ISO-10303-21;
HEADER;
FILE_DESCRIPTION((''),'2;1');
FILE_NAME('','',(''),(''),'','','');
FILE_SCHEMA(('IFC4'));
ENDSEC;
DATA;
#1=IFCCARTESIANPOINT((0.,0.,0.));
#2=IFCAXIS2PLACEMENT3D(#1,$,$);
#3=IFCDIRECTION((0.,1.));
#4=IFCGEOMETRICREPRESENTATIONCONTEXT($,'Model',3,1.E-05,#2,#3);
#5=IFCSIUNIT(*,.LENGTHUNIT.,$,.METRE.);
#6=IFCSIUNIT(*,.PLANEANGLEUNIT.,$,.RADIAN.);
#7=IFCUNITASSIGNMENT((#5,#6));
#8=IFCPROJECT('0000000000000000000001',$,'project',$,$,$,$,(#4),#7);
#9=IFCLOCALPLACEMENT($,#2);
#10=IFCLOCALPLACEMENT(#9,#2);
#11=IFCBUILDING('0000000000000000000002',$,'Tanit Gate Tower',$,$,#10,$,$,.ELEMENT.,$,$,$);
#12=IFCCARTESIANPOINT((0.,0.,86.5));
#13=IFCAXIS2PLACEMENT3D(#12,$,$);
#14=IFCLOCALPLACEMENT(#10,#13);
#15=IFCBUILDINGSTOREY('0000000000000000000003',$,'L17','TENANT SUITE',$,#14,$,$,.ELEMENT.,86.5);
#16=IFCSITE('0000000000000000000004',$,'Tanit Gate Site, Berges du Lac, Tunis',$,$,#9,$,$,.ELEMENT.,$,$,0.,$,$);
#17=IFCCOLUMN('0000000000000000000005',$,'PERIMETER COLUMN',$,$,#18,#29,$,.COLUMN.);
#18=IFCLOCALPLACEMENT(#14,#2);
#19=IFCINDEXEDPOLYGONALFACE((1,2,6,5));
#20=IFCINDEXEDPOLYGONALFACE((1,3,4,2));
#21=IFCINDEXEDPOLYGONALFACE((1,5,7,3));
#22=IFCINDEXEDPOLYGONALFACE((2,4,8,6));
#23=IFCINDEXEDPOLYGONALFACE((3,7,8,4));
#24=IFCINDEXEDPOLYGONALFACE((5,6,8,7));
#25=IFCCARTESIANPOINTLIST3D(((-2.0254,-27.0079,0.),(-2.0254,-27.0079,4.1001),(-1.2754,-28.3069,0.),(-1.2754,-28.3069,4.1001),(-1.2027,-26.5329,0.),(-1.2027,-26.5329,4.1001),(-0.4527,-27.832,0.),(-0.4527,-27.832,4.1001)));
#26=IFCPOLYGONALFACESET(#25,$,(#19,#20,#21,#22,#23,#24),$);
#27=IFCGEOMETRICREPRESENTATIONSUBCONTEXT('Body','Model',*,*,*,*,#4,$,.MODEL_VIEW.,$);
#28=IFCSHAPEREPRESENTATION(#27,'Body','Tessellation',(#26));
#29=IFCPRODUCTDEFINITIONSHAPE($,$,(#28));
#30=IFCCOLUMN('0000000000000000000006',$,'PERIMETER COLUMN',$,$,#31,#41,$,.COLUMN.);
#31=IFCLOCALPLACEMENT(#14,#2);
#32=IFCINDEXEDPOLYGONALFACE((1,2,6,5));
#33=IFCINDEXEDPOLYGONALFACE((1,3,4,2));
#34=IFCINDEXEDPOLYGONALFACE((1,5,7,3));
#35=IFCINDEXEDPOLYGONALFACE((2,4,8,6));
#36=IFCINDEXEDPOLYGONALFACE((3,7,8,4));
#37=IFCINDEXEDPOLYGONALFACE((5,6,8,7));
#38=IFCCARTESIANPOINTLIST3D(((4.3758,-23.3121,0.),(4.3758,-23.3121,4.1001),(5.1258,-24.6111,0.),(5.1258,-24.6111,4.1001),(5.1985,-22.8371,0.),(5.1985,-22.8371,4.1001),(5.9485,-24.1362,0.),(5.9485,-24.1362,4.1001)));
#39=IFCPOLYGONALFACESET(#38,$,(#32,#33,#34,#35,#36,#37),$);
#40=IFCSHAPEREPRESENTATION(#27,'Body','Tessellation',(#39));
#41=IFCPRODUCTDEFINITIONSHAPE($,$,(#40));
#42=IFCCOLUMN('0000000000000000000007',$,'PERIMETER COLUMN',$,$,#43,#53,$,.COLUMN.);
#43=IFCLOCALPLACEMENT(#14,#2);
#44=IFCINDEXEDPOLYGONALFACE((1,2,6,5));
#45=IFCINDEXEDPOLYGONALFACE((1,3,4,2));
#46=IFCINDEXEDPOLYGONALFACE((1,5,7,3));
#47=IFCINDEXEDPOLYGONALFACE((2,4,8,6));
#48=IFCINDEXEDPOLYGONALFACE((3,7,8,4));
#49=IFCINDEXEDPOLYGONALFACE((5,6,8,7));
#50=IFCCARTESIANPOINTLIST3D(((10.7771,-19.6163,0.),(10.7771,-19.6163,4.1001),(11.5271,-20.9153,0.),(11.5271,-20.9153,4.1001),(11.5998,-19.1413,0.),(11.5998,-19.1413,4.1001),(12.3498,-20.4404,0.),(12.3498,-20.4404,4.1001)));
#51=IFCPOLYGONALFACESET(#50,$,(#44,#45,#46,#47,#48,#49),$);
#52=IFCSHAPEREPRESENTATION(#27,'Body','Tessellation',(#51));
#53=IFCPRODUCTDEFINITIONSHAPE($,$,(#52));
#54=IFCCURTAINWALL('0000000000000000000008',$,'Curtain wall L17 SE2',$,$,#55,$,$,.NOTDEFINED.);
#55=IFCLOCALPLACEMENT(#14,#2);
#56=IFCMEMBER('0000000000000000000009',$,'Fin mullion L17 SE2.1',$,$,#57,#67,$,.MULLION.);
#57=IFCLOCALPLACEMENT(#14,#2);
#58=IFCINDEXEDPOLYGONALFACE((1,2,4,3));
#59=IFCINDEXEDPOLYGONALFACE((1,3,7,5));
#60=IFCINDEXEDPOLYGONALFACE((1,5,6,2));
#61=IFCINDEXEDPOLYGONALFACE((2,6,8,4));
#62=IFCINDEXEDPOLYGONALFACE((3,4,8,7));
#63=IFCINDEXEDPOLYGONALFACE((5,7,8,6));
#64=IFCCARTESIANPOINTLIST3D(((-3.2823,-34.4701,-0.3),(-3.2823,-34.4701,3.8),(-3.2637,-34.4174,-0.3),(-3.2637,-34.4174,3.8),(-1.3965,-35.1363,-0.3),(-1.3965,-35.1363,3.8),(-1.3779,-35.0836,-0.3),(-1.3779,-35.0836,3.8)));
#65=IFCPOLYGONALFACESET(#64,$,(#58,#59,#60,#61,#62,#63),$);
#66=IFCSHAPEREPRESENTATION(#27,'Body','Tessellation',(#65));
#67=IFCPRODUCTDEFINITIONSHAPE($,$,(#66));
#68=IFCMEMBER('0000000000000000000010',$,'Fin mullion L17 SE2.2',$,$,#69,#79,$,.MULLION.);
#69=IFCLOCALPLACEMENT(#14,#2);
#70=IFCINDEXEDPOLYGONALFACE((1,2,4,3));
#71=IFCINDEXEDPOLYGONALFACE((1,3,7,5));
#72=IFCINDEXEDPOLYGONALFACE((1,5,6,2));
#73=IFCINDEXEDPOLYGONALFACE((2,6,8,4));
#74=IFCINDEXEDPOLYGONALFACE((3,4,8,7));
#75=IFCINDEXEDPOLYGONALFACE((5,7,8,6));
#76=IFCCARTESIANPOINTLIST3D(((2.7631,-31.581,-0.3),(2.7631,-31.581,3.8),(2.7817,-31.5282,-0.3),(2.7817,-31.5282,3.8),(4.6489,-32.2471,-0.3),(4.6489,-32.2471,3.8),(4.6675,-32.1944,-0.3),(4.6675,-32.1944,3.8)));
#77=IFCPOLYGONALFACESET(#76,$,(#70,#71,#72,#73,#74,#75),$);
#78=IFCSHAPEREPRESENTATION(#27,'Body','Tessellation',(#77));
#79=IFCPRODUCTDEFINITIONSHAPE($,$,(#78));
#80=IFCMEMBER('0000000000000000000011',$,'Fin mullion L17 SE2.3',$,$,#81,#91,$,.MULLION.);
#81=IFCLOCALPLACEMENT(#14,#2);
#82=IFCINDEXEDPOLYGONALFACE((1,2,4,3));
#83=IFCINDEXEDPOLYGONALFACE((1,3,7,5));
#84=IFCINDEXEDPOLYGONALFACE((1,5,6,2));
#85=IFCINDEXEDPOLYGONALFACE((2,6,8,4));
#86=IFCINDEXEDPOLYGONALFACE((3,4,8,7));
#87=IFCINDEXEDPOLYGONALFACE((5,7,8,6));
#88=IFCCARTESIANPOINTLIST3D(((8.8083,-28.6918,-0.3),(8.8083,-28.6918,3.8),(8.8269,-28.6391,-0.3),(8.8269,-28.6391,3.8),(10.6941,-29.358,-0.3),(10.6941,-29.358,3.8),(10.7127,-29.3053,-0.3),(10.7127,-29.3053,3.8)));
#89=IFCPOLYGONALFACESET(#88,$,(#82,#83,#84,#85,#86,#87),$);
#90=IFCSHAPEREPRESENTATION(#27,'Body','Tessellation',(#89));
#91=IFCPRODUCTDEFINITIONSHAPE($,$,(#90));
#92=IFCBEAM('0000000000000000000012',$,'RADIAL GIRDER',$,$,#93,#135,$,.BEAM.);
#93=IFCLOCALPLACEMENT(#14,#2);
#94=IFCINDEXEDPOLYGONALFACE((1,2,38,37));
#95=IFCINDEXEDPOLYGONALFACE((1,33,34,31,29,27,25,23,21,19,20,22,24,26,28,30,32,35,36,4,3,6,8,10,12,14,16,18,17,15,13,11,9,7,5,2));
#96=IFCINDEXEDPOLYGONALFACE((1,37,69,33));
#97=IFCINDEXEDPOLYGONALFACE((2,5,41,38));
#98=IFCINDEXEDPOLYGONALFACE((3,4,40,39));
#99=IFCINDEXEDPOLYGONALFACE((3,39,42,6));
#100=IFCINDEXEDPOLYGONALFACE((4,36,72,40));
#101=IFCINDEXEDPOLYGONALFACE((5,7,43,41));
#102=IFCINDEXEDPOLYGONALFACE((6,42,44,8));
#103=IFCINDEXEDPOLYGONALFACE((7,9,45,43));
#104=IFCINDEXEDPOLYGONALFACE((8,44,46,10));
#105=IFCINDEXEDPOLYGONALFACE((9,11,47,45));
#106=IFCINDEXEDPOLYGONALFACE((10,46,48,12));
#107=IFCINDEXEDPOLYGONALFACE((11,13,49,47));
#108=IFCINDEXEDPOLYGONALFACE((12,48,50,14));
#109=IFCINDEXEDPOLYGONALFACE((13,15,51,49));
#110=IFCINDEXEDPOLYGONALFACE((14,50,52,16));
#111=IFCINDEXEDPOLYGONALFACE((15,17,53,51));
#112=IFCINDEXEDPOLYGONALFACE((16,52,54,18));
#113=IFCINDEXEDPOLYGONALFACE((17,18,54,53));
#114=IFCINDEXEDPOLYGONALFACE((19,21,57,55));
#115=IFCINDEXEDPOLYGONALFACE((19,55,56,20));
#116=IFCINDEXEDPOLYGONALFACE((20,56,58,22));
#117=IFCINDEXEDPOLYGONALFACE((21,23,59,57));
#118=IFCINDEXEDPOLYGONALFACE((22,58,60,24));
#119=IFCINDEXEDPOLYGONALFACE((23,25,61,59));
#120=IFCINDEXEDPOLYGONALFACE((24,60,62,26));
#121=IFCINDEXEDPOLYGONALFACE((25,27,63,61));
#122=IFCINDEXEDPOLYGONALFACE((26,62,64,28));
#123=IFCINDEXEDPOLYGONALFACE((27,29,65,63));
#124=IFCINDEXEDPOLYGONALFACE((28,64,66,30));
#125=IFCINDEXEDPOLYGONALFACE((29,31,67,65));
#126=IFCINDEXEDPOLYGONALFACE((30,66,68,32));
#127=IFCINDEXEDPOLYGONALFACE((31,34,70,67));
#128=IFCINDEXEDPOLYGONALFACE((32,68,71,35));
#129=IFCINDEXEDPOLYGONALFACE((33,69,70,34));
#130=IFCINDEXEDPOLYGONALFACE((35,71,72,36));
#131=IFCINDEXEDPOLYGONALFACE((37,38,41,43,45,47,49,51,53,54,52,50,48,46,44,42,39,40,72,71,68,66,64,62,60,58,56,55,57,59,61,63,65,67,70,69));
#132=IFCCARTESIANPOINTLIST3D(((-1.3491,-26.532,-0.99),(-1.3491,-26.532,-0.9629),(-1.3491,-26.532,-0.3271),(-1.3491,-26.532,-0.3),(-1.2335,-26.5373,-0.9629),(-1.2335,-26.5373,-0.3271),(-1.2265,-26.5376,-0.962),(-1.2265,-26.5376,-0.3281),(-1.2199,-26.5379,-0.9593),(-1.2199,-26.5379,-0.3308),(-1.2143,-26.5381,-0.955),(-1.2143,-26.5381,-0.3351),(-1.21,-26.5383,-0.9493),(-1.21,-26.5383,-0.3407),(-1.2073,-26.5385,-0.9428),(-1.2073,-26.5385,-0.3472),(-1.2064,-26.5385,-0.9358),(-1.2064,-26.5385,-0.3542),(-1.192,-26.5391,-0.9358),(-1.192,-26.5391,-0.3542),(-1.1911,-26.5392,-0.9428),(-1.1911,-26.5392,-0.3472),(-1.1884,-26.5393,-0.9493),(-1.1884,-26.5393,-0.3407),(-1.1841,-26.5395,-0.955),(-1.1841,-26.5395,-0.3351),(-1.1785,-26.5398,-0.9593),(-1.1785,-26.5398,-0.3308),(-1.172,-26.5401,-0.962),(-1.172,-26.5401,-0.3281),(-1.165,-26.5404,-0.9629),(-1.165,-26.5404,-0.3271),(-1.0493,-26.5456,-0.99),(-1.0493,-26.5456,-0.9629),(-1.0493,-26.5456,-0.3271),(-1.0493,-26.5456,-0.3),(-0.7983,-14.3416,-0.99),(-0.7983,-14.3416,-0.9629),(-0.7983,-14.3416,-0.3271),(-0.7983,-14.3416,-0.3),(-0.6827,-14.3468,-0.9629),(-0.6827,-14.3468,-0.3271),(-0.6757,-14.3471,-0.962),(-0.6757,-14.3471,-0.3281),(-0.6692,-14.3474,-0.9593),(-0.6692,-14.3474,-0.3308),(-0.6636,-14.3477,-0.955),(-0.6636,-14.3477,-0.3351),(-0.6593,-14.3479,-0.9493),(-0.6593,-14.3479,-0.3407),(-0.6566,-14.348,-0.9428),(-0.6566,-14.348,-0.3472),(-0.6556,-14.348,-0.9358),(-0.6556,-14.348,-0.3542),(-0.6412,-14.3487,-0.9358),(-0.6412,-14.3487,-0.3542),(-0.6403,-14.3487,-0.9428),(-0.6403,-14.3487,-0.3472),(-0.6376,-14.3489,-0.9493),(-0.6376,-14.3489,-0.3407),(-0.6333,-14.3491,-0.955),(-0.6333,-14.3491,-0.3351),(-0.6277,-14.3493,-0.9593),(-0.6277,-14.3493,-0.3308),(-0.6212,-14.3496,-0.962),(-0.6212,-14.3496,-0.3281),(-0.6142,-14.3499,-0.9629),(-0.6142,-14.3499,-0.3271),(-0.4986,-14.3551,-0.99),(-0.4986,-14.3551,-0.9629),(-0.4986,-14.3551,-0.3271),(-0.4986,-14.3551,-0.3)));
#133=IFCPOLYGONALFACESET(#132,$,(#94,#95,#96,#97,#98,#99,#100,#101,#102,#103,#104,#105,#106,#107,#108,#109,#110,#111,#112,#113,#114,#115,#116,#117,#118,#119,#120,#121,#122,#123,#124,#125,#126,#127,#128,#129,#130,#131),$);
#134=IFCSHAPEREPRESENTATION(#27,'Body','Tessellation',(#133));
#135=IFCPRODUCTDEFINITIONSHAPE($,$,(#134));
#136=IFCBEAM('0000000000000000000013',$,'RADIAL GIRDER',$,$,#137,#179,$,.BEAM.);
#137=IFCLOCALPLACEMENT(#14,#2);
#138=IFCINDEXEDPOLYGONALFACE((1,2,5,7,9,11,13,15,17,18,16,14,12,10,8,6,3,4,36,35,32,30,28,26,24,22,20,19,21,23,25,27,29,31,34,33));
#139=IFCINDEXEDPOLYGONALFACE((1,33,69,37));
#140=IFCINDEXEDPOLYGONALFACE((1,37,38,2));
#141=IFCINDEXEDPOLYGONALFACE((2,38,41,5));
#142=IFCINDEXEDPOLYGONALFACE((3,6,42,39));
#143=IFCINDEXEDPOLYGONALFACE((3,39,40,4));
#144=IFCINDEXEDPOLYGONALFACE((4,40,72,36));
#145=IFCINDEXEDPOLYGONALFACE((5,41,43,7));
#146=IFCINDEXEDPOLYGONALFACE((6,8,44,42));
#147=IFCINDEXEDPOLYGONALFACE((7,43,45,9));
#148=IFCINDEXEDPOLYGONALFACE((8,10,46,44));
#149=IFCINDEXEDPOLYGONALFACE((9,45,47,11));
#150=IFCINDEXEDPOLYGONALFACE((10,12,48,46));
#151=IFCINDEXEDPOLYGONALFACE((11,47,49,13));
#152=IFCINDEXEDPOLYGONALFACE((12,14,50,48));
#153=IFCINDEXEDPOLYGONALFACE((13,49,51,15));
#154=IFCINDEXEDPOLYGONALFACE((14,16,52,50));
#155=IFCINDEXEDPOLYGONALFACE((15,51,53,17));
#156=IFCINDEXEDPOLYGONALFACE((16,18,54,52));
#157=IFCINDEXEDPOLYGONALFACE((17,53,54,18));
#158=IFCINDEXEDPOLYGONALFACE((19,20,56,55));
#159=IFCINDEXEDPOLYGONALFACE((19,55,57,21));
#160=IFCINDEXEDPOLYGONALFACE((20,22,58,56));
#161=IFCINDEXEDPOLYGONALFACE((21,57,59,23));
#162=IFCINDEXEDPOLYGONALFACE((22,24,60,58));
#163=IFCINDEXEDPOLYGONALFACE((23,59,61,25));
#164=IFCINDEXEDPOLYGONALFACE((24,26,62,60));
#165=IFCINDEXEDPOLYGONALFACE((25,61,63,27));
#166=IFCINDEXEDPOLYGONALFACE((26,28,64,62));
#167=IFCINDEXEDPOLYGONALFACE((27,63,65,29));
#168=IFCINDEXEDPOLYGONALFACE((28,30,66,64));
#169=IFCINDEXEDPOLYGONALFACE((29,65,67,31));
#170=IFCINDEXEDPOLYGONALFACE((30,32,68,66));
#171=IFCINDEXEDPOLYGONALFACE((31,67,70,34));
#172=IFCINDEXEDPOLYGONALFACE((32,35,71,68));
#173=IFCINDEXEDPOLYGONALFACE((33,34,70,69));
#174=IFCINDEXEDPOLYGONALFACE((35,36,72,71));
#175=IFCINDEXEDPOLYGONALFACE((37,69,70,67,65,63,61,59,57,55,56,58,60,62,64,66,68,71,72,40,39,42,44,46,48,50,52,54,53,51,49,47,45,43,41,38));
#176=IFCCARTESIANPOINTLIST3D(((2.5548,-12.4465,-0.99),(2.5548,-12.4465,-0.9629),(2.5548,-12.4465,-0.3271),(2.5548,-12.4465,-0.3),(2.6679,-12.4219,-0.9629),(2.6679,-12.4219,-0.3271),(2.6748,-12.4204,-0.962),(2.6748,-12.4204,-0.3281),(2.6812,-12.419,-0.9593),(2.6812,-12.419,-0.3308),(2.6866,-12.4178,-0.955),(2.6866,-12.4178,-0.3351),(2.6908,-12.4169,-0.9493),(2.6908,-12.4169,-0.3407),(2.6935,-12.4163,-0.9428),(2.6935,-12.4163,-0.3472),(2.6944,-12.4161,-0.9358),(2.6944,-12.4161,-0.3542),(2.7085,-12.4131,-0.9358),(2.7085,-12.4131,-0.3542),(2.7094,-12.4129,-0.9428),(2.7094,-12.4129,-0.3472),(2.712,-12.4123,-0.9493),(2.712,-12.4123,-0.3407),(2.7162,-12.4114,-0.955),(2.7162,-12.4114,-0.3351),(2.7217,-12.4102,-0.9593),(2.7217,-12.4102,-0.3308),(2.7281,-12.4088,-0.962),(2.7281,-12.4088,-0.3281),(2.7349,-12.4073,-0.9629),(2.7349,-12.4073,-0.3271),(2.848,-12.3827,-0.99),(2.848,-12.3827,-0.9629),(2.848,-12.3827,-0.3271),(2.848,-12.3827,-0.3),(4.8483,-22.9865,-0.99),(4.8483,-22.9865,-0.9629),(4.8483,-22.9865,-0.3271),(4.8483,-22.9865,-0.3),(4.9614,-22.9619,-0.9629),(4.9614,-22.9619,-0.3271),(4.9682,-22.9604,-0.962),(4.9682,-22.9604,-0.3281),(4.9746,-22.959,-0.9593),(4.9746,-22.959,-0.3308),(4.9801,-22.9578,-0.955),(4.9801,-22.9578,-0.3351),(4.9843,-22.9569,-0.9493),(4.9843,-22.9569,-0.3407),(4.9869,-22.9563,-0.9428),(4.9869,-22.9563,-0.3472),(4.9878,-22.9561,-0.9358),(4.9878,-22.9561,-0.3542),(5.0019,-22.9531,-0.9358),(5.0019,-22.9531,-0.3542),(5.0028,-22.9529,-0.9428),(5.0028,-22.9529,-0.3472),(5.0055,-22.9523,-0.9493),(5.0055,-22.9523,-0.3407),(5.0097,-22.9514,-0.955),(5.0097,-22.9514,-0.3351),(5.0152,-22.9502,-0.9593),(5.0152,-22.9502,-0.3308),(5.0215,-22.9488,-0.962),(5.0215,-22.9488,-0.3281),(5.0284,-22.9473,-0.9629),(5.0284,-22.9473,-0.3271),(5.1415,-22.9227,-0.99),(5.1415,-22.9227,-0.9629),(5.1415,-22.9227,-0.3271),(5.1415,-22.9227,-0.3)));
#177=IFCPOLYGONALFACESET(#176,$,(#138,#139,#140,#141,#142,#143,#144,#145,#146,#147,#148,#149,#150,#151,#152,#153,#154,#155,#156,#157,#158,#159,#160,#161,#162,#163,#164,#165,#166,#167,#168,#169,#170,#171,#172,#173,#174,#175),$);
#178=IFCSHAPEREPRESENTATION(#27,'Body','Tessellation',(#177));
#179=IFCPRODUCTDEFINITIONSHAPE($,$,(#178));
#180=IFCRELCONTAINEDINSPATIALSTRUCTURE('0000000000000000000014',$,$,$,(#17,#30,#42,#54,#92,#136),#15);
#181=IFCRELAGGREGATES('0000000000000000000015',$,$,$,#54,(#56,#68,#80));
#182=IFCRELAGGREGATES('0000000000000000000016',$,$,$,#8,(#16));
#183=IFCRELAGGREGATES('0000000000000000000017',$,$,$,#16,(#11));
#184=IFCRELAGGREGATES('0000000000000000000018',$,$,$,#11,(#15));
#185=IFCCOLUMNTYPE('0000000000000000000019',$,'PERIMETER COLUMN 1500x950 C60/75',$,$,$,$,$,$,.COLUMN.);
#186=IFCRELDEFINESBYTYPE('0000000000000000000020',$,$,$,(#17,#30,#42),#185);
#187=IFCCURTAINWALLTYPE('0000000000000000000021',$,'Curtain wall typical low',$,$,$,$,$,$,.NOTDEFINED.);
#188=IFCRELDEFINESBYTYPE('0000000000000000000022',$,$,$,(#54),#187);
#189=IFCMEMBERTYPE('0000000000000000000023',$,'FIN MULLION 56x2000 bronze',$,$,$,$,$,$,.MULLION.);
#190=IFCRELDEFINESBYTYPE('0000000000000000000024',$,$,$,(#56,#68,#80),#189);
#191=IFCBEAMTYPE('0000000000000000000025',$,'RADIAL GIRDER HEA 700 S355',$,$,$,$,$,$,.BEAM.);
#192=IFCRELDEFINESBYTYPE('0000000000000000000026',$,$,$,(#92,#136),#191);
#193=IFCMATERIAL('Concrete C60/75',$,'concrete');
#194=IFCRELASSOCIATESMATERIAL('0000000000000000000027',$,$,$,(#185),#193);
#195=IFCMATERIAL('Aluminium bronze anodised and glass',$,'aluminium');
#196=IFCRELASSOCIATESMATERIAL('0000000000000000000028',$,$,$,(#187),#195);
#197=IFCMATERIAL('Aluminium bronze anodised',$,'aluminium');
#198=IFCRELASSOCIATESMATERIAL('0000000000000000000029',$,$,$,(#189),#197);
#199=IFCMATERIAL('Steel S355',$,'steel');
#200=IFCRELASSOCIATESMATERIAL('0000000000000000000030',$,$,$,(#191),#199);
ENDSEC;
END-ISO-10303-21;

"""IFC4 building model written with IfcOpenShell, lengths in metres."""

from ifc_helpers import new_model, si_unit, direction, frame, origin, origin_2d, place, context, subcontext, project, spatial, rectangle, i_section, extrude, material, material_profile, profile_set, type_object, element, aggregate, save


model = new_model("IFC4")

# Units and contexts
model_context = context("Model", 3, precision=1e-05, world=origin(), true_north=direction((0.0, 1.0)))
body_context = subcontext(model_context, "Body", "Model", "MODEL_VIEW")
ifc_project = project(units=[si_unit("LENGTHUNIT", "METRE"), si_unit("PLANEANGLEUNIT", "RADIAN")], contexts=[model_context])

# Site, building, storey
site_placement = place(None, origin())
site = spatial("IfcSite", under=ifc_project, at=site_placement, Name="Tanit Gate Site, Berges du Lac, Tunis", CompositionType="ELEMENT", RefElevation=0.0)
building_placement = place(site_placement, origin())
building = spatial("IfcBuilding", under=site, at=building_placement, Name="Tanit Gate Tower", CompositionType="ELEMENT")
storey_placement = place(building_placement, frame((0.0, 0.0, 86.5)))
storey = spatial("IfcBuildingStorey", under=building, at=storey_placement, Name="L17", Description="TENANT SUITE", CompositionType="ELEMENT", Elevation=86.5)

# Columns
ifc_material_1 = material(Name="Concrete C60/75", Category="concrete")
ifc_material_profile_1 = material_profile(ifc_material_1, rectangle(XDim=1.5, YDim=0.95, at=origin_2d()), Name="RC 1500x950")
ifc_profile_set_1 = profile_set([ifc_material_profile_1], Name="Concrete C60/75")
column_type = type_object("IfcColumnType", Name="PERIMETER COLUMN 1500x950 C60/75", PredefinedType="COLUMN", material=ifc_profile_set_1)
for number, where, z_axis, x_axis, name in (
    (1, (-1.239, -27.4199, 0.0), (0.0, 0.0, 1.0), (0.5, -0.866025, 0.0), "PERIMETER COLUMN"),
    (2, (5.1621, -23.7241, 0.0), (0.0, 0.0, 1.0), (0.5, -0.866025, 0.0), "PERIMETER COLUMN"),
    (3, (11.5635, -20.0283, 0.0), (0.0, 0.0, 1.0), (0.5, -0.866025, 0.0), "PERIMETER COLUMN"),
):
    element("IfcColumn", number, at=place(storey_placement, frame(where, z_axis=z_axis, x_axis=x_axis)), inside=storey, type_object=column_type, Name=name, PredefinedType="COLUMN", context=body_context, shape_type="SweptSolid", body=[
        extrude(rectangle(XDim=1.5, YDim=0.95, at=origin_2d()), origin(), (0.0, 0.0, 1.0), 4.1001),
    ])

# Curtain wall, members
ifc_material_2 = material(Name="Aluminium bronze anodised and glass", Category="aluminium")
curtain_wall_type = type_object("IfcCurtainWallType", Name="Curtain wall typical low", PredefinedType="NOTDEFINED", material=ifc_material_2)
curtain_wall_placement = place(storey_placement, origin())
curtain_wall = element("IfcCurtainWall", 4, at=curtain_wall_placement, inside=storey, type_object=curtain_wall_type, Name="Curtain wall L17 SE2", PredefinedType="NOTDEFINED")
ifc_material_3 = material(Name="Aluminium bronze anodised", Category="aluminium")
ifc_material_profile_2 = material_profile(ifc_material_3, rectangle(XDim=2.0, YDim=0.0559, at=origin_2d()), Name="56x2000 bronze fin mullion")
ifc_profile_set_2 = profile_set([ifc_material_profile_2], Name="Aluminium bronze anodised")
member_type_1 = type_object("IfcMemberType", Name="FIN MULLION 56x2000 bronze", PredefinedType="MULLION", material=ifc_profile_set_2)
member_1_placement = place(storey_placement, frame((-2.3301, -34.7769, -0.3), z_axis=(0.0, 0.0, 1.0), x_axis=(-0.942895, 0.33309, 0.0)))
member_1 = element("IfcMember", 5, at=member_1_placement, type_object=member_type_1, Name="Fin mullion L17 SE2.1", PredefinedType="MULLION", context=body_context, shape_type="SweptSolid", body=[
    extrude(rectangle(XDim=2.0, YDim=0.0559, at=origin_2d()), origin(), (0.0, 0.0, 1.0), 4.1001),
])
member_2_placement = place(storey_placement, frame((3.7153, -31.8877, -0.3), z_axis=(0.0, 0.0, 1.0), x_axis=(-0.942895, 0.33309, 0.0)))
member_2 = element("IfcMember", 6, at=member_2_placement, type_object=member_type_1, Name="Fin mullion L17 SE2.2", PredefinedType="MULLION", context=body_context, shape_type="SweptSolid", body=[
    extrude(rectangle(XDim=2.0, YDim=0.0559, at=origin_2d()), origin(), (0.0, 0.0, 1.0), 4.1001),
])
member_3_placement = place(storey_placement, frame((9.7605, -28.9985, -0.3), z_axis=(0.0, 0.0, 1.0), x_axis=(-0.942895, 0.33309, 0.0)))
member_3 = element("IfcMember", 7, at=member_3_placement, type_object=member_type_1, Name="Fin mullion L17 SE2.3", PredefinedType="MULLION", context=body_context, shape_type="SweptSolid", body=[
    extrude(rectangle(XDim=2.0, YDim=0.0559, at=origin_2d()), origin(), (0.0, 0.0, 1.0), 4.1001),
])

# Beams
ifc_material_4 = material(Name="Steel S355", Category="steel")
ifc_material_profile_3 = material_profile(ifc_material_4, i_section(OverallWidth=0.3, OverallDepth=0.6899, WebThickness=0.0144, FlangeThickness=0.0271, FilletRadius=0.0271, at=origin_2d()), Name="HEA 700")
ifc_profile_set_3 = profile_set([ifc_material_profile_3], Name="Steel S355")
beam_type = type_object("IfcBeamType", Name="RADIAL GIRDER HEA 700 S355", PredefinedType="BEAM", material=ifc_profile_set_3)
beam_1_placement = place(storey_placement, frame((-1.1992, -26.5388, -0.645), z_axis=(0.045135, 0.998981, 0.0), x_axis=(-0.998981, 0.045135, 0.0)))
element("IfcBeam", 8, at=beam_1_placement, inside=storey, type_object=beam_type, Name="RADIAL GIRDER", PredefinedType="BEAM", context=body_context, shape_type="SweptSolid", body=[
    extrude(i_section(OverallWidth=0.3, OverallDepth=0.6899, WebThickness=0.0144, FlangeThickness=0.0271, FilletRadius=0.0271, at=origin_2d()), origin(), (0.0, 0.0, 1.0), 12.2029),
])
beam_2_placement = place(storey_placement, frame((4.9949, -22.9546, -0.645), z_axis=(-0.212619, 0.977135, 0.0), x_axis=(-0.977135, -0.212619, 0.0)))
element("IfcBeam", 9, at=beam_2_placement, inside=storey, type_object=beam_type, Name="RADIAL GIRDER", PredefinedType="BEAM", context=body_context, shape_type="SweptSolid", body=[
    extrude(i_section(OverallWidth=0.3, OverallDepth=0.6899, WebThickness=0.0144, FlangeThickness=0.0271, FilletRadius=0.0271, at=origin_2d()), origin(), (0.0, 0.0, 1.0), 10.7866),
])

aggregate(curtain_wall, [member_1, member_2, member_3])

save(model, "model.ifc")
